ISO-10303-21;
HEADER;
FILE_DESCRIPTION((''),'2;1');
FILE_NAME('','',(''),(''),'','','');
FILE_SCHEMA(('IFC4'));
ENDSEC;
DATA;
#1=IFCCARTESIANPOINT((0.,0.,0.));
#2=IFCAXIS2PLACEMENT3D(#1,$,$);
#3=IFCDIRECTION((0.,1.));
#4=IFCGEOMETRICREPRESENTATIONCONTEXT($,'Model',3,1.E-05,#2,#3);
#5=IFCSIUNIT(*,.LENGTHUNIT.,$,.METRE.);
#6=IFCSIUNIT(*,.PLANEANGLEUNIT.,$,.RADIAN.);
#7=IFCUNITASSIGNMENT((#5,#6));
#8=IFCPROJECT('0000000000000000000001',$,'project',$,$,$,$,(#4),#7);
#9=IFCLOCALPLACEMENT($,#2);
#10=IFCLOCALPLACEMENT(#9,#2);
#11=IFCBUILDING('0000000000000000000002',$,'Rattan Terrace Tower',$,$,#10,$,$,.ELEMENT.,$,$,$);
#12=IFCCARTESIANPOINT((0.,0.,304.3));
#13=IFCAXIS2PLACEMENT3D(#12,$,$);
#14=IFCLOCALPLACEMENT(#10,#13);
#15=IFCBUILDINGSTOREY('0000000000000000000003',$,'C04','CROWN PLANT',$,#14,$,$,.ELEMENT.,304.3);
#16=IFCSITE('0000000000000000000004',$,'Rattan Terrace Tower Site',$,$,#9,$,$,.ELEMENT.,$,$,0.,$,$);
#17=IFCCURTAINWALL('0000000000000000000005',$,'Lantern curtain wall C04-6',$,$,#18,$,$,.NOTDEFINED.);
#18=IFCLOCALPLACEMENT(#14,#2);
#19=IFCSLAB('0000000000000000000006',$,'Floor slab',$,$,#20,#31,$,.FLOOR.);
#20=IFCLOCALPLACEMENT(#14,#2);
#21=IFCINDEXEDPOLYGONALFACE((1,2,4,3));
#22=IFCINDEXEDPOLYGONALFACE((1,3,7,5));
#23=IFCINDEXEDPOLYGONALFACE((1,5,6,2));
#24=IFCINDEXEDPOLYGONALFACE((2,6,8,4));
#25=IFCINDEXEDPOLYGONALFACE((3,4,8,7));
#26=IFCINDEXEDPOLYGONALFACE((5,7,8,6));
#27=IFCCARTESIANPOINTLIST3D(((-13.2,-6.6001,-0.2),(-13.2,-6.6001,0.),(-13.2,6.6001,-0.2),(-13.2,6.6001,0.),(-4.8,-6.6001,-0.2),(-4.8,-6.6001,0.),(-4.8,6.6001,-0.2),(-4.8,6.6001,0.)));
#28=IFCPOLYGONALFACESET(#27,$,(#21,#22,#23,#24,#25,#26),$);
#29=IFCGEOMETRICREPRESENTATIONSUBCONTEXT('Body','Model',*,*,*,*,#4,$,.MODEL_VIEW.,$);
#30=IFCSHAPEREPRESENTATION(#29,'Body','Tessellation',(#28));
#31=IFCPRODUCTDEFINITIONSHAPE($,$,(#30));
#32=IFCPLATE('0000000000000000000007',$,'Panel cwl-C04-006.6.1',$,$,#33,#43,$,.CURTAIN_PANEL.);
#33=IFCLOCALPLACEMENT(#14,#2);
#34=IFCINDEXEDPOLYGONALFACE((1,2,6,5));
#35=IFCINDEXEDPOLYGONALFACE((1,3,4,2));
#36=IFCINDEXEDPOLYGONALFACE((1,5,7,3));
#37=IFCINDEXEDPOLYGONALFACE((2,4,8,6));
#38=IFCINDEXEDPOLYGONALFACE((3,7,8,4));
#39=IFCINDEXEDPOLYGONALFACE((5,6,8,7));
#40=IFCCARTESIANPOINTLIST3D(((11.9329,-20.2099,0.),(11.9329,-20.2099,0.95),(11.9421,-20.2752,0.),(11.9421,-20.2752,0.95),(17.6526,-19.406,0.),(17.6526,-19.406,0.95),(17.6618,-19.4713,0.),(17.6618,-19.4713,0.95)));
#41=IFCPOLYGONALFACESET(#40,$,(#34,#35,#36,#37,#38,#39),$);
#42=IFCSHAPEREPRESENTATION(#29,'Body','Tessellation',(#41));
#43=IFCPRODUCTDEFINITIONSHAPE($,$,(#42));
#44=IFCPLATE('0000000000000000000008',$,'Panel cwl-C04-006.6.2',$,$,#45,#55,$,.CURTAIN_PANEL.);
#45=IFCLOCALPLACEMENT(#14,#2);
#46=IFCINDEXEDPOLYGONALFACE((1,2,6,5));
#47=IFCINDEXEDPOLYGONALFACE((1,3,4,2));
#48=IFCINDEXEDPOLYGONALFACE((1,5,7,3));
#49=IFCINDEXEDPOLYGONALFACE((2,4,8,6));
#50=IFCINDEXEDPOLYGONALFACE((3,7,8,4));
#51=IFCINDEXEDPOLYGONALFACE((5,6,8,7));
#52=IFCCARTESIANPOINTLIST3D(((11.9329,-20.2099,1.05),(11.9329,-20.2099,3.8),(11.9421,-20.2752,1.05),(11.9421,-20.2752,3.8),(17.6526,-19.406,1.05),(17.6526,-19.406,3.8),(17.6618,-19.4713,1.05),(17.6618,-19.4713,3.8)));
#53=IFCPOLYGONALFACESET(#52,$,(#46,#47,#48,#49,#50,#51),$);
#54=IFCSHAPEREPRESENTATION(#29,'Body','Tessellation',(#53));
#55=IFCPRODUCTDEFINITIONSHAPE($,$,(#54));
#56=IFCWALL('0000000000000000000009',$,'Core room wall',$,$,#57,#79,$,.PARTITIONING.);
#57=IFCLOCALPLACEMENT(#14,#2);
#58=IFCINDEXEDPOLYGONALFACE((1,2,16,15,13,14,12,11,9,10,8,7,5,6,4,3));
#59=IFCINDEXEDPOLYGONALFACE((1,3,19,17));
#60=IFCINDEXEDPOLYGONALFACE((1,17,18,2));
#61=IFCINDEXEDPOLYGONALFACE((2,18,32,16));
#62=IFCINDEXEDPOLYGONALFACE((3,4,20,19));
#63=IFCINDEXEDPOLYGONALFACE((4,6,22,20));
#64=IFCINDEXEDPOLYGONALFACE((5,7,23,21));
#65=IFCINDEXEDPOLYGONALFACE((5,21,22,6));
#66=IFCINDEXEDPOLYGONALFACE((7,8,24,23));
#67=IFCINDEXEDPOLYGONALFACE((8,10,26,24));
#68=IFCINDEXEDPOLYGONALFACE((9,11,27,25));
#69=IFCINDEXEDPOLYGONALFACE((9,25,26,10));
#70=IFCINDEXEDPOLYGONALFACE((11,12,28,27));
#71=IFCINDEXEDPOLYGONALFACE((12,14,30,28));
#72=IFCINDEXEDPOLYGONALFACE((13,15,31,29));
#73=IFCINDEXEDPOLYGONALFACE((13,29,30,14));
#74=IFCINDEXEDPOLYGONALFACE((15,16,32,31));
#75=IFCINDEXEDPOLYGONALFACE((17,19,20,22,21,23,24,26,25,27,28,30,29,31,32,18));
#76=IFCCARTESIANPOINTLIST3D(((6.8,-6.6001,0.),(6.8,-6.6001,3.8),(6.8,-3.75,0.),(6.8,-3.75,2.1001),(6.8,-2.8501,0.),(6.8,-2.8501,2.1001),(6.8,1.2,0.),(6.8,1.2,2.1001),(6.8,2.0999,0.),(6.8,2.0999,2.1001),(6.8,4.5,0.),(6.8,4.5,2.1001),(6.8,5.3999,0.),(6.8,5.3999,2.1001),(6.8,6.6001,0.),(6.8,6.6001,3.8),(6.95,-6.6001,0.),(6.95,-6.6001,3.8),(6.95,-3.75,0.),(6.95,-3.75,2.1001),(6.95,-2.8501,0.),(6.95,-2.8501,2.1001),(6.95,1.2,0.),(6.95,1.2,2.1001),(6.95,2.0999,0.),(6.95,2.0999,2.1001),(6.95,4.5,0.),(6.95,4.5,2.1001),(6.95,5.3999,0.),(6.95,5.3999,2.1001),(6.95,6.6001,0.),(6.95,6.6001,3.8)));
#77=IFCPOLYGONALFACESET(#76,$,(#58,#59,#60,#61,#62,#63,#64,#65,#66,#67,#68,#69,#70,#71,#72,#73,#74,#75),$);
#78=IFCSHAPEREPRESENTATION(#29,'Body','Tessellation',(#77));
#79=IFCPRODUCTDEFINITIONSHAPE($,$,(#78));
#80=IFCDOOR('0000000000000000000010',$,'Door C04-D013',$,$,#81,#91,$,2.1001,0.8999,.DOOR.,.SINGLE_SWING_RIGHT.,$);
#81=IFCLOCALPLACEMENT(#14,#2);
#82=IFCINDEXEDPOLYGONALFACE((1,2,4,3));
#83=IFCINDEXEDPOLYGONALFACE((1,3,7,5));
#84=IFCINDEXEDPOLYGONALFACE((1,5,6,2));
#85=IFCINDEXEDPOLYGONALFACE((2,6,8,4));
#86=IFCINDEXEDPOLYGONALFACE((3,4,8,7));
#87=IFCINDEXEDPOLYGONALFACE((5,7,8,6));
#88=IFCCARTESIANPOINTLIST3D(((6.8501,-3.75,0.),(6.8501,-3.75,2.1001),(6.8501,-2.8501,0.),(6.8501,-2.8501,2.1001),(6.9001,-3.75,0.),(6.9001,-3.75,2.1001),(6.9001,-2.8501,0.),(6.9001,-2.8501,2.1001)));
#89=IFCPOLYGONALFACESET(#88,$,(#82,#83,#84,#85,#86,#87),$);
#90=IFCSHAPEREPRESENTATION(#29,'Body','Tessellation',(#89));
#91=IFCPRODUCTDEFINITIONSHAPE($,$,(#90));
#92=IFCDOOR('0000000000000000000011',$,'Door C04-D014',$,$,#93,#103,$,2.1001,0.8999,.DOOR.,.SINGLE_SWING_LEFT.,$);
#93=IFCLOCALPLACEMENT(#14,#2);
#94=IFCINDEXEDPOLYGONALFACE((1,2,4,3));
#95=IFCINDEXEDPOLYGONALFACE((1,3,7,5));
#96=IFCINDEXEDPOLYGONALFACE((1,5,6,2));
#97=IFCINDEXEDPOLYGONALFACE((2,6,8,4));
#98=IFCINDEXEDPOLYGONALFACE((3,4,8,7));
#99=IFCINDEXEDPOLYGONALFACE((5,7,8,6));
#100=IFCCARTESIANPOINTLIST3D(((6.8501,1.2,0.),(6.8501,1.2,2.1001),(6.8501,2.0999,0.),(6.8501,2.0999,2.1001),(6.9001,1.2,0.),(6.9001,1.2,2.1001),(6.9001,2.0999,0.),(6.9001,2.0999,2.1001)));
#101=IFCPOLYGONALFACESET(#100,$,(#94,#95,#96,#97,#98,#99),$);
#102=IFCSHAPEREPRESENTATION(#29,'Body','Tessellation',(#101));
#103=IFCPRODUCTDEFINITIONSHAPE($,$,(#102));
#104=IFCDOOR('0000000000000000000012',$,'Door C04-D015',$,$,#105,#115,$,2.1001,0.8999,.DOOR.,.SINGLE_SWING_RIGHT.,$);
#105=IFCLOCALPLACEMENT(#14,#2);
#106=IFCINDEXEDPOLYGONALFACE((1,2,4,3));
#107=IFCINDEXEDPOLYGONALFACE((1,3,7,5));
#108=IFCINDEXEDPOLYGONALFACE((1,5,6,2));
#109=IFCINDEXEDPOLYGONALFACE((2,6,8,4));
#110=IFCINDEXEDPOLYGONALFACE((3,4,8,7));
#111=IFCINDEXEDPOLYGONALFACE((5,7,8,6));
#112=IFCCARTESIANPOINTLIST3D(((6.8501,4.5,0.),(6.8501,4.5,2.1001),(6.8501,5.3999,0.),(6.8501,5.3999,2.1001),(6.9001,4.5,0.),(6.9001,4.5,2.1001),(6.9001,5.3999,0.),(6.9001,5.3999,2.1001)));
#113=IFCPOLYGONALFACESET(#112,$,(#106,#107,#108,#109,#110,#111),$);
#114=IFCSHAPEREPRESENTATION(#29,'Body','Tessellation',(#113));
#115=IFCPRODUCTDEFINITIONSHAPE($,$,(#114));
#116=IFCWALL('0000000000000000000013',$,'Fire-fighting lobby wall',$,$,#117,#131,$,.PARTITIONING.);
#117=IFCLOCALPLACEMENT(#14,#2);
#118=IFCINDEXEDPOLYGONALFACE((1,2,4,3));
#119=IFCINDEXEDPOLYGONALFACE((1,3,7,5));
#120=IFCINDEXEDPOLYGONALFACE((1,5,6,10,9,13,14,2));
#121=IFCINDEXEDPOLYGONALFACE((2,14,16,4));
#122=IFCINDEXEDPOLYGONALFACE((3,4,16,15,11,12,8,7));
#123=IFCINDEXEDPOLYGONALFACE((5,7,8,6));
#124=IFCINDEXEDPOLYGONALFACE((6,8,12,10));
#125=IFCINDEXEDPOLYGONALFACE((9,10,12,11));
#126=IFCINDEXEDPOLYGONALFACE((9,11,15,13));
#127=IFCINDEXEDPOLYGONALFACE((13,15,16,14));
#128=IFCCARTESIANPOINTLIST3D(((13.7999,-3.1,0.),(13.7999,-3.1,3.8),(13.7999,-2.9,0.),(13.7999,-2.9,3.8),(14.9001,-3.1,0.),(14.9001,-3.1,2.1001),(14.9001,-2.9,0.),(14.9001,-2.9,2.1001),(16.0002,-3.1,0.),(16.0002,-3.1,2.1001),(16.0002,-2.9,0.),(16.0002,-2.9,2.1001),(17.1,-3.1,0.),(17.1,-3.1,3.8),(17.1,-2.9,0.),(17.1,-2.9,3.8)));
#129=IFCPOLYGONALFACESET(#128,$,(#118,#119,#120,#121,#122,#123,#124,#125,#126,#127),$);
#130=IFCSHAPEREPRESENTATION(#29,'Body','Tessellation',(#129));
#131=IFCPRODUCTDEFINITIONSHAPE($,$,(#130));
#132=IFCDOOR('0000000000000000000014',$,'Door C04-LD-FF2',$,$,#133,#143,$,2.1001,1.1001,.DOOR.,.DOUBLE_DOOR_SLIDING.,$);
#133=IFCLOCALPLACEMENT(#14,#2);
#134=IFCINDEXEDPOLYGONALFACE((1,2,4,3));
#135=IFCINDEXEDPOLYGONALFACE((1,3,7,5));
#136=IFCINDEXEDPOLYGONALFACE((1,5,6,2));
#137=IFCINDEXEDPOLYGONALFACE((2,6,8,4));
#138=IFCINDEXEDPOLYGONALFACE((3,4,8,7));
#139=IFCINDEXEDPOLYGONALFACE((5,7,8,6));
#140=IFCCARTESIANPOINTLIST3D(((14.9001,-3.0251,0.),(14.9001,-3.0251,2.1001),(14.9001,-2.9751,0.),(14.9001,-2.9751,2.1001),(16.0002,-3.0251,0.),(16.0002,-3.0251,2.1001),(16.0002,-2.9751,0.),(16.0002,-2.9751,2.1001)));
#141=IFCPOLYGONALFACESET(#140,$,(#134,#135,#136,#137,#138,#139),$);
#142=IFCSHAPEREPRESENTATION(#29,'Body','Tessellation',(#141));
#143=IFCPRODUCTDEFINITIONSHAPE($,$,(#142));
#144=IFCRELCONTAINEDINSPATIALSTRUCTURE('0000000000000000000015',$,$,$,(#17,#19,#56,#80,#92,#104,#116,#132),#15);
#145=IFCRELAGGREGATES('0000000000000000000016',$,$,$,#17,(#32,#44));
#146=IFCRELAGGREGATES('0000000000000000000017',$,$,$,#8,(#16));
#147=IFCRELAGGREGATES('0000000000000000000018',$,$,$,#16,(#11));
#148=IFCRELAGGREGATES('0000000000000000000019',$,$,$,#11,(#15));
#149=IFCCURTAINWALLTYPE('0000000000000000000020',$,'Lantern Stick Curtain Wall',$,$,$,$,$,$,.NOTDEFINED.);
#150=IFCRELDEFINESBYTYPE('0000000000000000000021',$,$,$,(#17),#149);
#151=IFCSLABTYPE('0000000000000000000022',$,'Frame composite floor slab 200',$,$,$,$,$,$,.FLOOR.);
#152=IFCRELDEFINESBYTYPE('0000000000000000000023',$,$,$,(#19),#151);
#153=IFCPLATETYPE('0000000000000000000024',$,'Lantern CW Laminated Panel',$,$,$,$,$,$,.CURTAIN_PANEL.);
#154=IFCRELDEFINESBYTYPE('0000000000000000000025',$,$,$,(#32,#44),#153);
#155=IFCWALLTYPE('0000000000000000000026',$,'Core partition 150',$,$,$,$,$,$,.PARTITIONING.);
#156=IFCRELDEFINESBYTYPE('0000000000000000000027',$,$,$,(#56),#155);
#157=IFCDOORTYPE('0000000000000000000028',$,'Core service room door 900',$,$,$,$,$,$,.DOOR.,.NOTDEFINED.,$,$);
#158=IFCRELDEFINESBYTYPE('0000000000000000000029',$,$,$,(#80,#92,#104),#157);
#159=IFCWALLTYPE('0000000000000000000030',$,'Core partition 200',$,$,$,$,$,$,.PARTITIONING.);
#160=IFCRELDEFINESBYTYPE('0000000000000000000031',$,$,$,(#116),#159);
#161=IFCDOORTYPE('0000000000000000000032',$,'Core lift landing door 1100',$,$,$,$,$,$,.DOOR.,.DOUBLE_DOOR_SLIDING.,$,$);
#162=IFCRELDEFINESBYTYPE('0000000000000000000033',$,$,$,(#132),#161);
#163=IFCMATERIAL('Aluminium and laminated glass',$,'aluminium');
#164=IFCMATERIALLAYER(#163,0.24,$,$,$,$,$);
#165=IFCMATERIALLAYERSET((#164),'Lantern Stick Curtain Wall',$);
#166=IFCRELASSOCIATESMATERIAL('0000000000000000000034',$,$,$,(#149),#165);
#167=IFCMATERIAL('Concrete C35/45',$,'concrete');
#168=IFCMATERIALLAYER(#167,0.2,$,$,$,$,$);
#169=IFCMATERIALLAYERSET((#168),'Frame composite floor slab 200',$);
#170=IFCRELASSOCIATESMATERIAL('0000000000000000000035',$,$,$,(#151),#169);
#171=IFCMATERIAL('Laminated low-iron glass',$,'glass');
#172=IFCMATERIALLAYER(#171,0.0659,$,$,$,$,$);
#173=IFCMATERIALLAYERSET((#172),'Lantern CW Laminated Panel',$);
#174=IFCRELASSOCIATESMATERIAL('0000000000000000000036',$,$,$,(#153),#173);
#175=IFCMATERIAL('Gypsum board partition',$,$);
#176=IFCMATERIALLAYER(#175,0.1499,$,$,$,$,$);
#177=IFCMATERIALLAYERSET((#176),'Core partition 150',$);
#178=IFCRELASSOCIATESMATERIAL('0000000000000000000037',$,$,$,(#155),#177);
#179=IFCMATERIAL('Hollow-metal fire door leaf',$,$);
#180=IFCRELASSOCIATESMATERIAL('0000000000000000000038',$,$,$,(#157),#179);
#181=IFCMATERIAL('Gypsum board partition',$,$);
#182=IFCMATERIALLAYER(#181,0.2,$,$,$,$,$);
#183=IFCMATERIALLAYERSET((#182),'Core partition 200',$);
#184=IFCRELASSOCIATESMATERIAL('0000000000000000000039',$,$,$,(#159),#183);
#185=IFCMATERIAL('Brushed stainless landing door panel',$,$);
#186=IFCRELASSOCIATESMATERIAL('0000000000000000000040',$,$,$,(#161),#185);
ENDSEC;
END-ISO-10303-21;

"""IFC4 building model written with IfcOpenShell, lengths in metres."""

from ifc_helpers import new_model, si_unit, direction, frame, frame_2d, origin, origin_2d, place, context, subcontext, project, spatial, polyline, rectangle, outline, extrude, material, layer, layer_set, type_object, element, fill, aggregate, save


model = new_model("IFC4")

# Units and contexts
model_context = context("Model", 3, precision=1e-05, world=origin(), true_north=direction((0.0, 1.0)))
body_context = subcontext(model_context, "Body", "Model", "MODEL_VIEW")
ifc_project = project(units=[si_unit("LENGTHUNIT", "METRE"), si_unit("PLANEANGLEUNIT", "RADIAN")], contexts=[model_context])

# Site, building, storey
site_placement = place(None, origin())
site = spatial("IfcSite", under=ifc_project, at=site_placement, Name="Rattan Terrace Tower Site", CompositionType="ELEMENT", RefElevation=0.0)
building_placement = place(site_placement, origin())
building = spatial("IfcBuilding", under=site, at=building_placement, Name="Rattan Terrace Tower", CompositionType="ELEMENT")
storey_placement = place(building_placement, frame((0.0, 0.0, 304.3)))
storey = spatial("IfcBuildingStorey", under=building, at=storey_placement, Name="C04", Description="CROWN PLANT", CompositionType="ELEMENT", Elevation=304.3)

# Curtain wall
ifc_material_1 = material(Name="Aluminium and laminated glass", Category="aluminium")
ifc_layer_1 = layer(ifc_material_1, 0.24)
ifc_layer_set_1 = layer_set([ifc_layer_1], Name="Lantern Stick Curtain Wall")
curtain_wall_type = type_object("IfcCurtainWallType", Name="Lantern Stick Curtain Wall", PredefinedType="NOTDEFINED", material=ifc_layer_set_1)
curtain_wall_placement = place(storey_placement, origin())
curtain_wall = element("IfcCurtainWall", 1, at=curtain_wall_placement, inside=storey, type_object=curtain_wall_type, Name="Lantern curtain wall C04-6", PredefinedType="NOTDEFINED")

# Slab
ifc_material_2 = material(Name="Concrete C35/45", Category="concrete")
ifc_layer_2 = layer(ifc_material_2, 0.2)
ifc_layer_set_2 = layer_set([ifc_layer_2], Name="Frame composite floor slab 200")
slab_type = type_object("IfcSlabType", Name="Frame composite floor slab 200", PredefinedType="FLOOR", material=ifc_layer_set_2)
slab_1_placement = place(storey_placement, frame((0.0, 0.0, -0.2)))
element("IfcSlab", 2, at=slab_1_placement, inside=storey, type_object=slab_type, Name="Floor slab", PredefinedType="FLOOR", context=body_context, shape_type="SweptSolid", body=[
    extrude(outline(polyline([(-13.2, 6.6001), (-13.2, -6.6001), (-4.8, -6.6001), (-4.8, 6.6001), (-13.2, 6.6001)])), origin(), (0.0, 0.0, 1.0), 0.2),
])

# Plates
ifc_material_3 = material(Name="Laminated low-iron glass", Category="glass")
ifc_layer_3 = layer(ifc_material_3, 0.0659)
ifc_layer_set_3 = layer_set([ifc_layer_3], Name="Lantern CW Laminated Panel")
plate_type = type_object("IfcPlateType", Name="Lantern CW Laminated Panel", PredefinedType="CURTAIN_PANEL", material=ifc_layer_set_3)
plate_1_placement = place(storey_placement, frame((14.7974, -19.8406, 0.0), z_axis=(0.0, 0.0, 1.0), x_axis=(0.990267, 0.139181, 0.0)))
plate_1 = element("IfcPlate", 3, at=plate_1_placement, type_object=plate_type, Name="Panel cwl-C04-006.6.1", PredefinedType="CURTAIN_PANEL", context=body_context, shape_type="SweptSolid", body=[
    extrude(rectangle(XDim=5.7759, YDim=0.0659, at=origin_2d()), origin(), (0.0, 0.0, 1.0), 0.95),
])
plate_2_placement = place(storey_placement, frame((14.7974, -19.8406, 1.05), z_axis=(0.0, 0.0, 1.0), x_axis=(0.990267, 0.139181, 0.0)))
plate_2 = element("IfcPlate", 4, at=plate_2_placement, type_object=plate_type, Name="Panel cwl-C04-006.6.2", PredefinedType="CURTAIN_PANEL", context=body_context, shape_type="SweptSolid", body=[
    extrude(rectangle(XDim=5.7759, YDim=0.0659, at=origin_2d()), origin(), (0.0, 0.0, 1.0), 2.75),
])
aggregate(curtain_wall, [plate_1, plate_2])

# Wall, openings, doors
ifc_material_4 = material(Name="Gypsum board partition")
ifc_layer_4 = layer(ifc_material_4, 0.1499)
ifc_layer_set_4 = layer_set([ifc_layer_4], Name="Core partition 150")
wall_type_1 = type_object("IfcWallType", Name="Core partition 150", PredefinedType="PARTITIONING", material=ifc_layer_set_4)
wall_1_placement = place(storey_placement, frame((6.875, -6.6001, 0.0), z_axis=(0.0, 0.0, 1.0), x_axis=(0.0, 1.0, 0.0)))
wall_1 = element("IfcWall", 5, at=wall_1_placement, inside=storey, type_object=wall_type_1, Name="Core room wall", PredefinedType="PARTITIONING", context=body_context, shape_type="SweptSolid", body=[
    extrude(rectangle(XDim=13.2002, YDim=0.1499, at=frame_2d((6.6001, 0.0))), origin(), (0.0, 0.0, 1.0), 3.8),
])
opening_1_placement = place(wall_1_placement, frame((2.8501, 0.0, 0.0)))
opening_1 = element("IfcOpeningElement", 6, at=opening_1_placement, cuts=wall_1, PredefinedType="OPENING", context=body_context, shape_type="SweptSolid", body=[
    extrude(rectangle(XDim=0.8999, YDim=2.1001, at=frame_2d((0.45, 1.05))), frame((0.0, 0.0854, 0.0), z_axis=(0.0, -1.0, 0.0), x_axis=(1.0, 0.0, 0.0)), (0.0, 0.0, 1.0), 0.1709),
])
opening_2_placement = place(wall_1_placement, frame((7.8, 0.0, 0.0)))
opening_2 = element("IfcOpeningElement", 7, at=opening_2_placement, cuts=wall_1, PredefinedType="OPENING", context=body_context, shape_type="SweptSolid", body=[
    extrude(rectangle(XDim=0.8999, YDim=2.1001, at=frame_2d((0.45, 1.05))), frame((0.0, 0.0854, 0.0), z_axis=(0.0, -1.0, 0.0), x_axis=(1.0, 0.0, 0.0)), (0.0, 0.0, 1.0), 0.1709),
])
opening_3_placement = place(wall_1_placement, frame((11.1001, 0.0, 0.0)))
opening_3 = element("IfcOpeningElement", 8, at=opening_3_placement, cuts=wall_1, PredefinedType="OPENING", context=body_context, shape_type="SweptSolid", body=[
    extrude(rectangle(XDim=0.8999, YDim=2.1001, at=frame_2d((0.45, 1.05))), frame((0.0, 0.0854, 0.0), z_axis=(0.0, -1.0, 0.0), x_axis=(1.0, 0.0, 0.0)), (0.0, 0.0, 1.0), 0.1709),
])
ifc_material_5 = material(Name="Hollow-metal fire door leaf")
door_type_1 = type_object("IfcDoorType", Name="Core service room door 900", OperationType="NOTDEFINED", PredefinedType="DOOR", material=ifc_material_5)
door_1_placement = place(opening_1_placement, origin())
door_1 = element("IfcDoor", 9, at=door_1_placement, inside=storey, type_object=door_type_1, Name="Door C04-D013", OperationType="SINGLE_SWING_RIGHT", OverallHeight=2.1001, OverallWidth=0.8999, PredefinedType="DOOR", context=body_context, shape_type="SweptSolid", body=[
    extrude(rectangle(XDim=0.8999, YDim=2.1001, at=frame_2d((0.45, 1.05))), frame((0.0, 0.0249, 0.0), z_axis=(0.0, -1.0, 0.0), x_axis=(1.0, 0.0, 0.0)), (0.0, 0.0, 1.0), 0.05),
])
fill(opening_1, door_1)
door_2_placement = place(opening_2_placement, origin())
door_2 = element("IfcDoor", 10, at=door_2_placement, inside=storey, type_object=door_type_1, Name="Door C04-D014", OperationType="SINGLE_SWING_LEFT", OverallHeight=2.1001, OverallWidth=0.8999, PredefinedType="DOOR", context=body_context, shape_type="SweptSolid", body=[
    extrude(rectangle(XDim=0.8999, YDim=2.1001, at=frame_2d((0.45, 1.05))), frame((0.0, 0.0249, 0.0), z_axis=(0.0, -1.0, 0.0), x_axis=(1.0, 0.0, 0.0)), (0.0, 0.0, 1.0), 0.05),
])
fill(opening_2, door_2)
door_3_placement = place(opening_3_placement, origin())
door_3 = element("IfcDoor", 11, at=door_3_placement, inside=storey, type_object=door_type_1, Name="Door C04-D015", OperationType="SINGLE_SWING_RIGHT", OverallHeight=2.1001, OverallWidth=0.8999, PredefinedType="DOOR", context=body_context, shape_type="SweptSolid", body=[
    extrude(rectangle(XDim=0.8999, YDim=2.1001, at=frame_2d((0.45, 1.05))), frame((0.0, 0.0249, 0.0), z_axis=(0.0, -1.0, 0.0), x_axis=(1.0, 0.0, 0.0)), (0.0, 0.0, 1.0), 0.05),
])
fill(opening_3, door_3)

# Wall, opening, door
ifc_material_6 = material(Name="Gypsum board partition")
ifc_layer_5 = layer(ifc_material_6, 0.2)
ifc_layer_set_5 = layer_set([ifc_layer_5], Name="Core partition 200")
wall_type_2 = type_object("IfcWallType", Name="Core partition 200", PredefinedType="PARTITIONING", material=ifc_layer_set_5)
wall_2_placement = place(storey_placement, frame((13.8, -3.0, 0.0), z_axis=(0.0, 0.0, 1.0), x_axis=(1.0, 0.0, 0.0)))
wall_2 = element("IfcWall", 12, at=wall_2_placement, inside=storey, type_object=wall_type_2, Name="Fire-fighting lobby wall", PredefinedType="PARTITIONING", context=body_context, shape_type="SweptSolid", body=[
    extrude(rectangle(XDim=3.3, YDim=0.2, at=frame_2d((1.6499, 0.0))), origin(), (0.0, 0.0, 1.0), 3.8),
])
opening_4_placement = place(wall_2_placement, frame((1.1001, 0.0, 0.0)))
opening_4 = element("IfcOpeningElement", 13, at=opening_4_placement, cuts=wall_2, PredefinedType="OPENING", context=body_context, shape_type="SweptSolid", body=[
    extrude(rectangle(XDim=1.1001, YDim=2.1001, at=frame_2d((0.55, 1.05))), frame((0.0, 0.1106, 0.0), z_axis=(0.0, -1.0, 0.0), x_axis=(1.0, 0.0, 0.0)), (0.0, 0.0, 1.0), 0.2209),
])
ifc_material_7 = material(Name="Brushed stainless landing door panel")
door_type_2 = type_object("IfcDoorType", Name="Core lift landing door 1100", OperationType="DOUBLE_DOOR_SLIDING", PredefinedType="DOOR", material=ifc_material_7)
door_4_placement = place(opening_4_placement, origin())
door_4 = element("IfcDoor", 14, at=door_4_placement, inside=storey, type_object=door_type_2, Name="Door C04-LD-FF2", OperationType="DOUBLE_DOOR_SLIDING", OverallHeight=2.1001, OverallWidth=1.1001, PredefinedType="DOOR", context=body_context, shape_type="SweptSolid", body=[
    extrude(rectangle(XDim=1.1001, YDim=2.1001, at=frame_2d((0.55, 1.05))), frame((0.0, 0.0249, 0.0), z_axis=(0.0, -1.0, 0.0), x_axis=(1.0, 0.0, 0.0)), (0.0, 0.0, 1.0), 0.05),
])
fill(opening_4, door_4)

save(model, "model.ifc")
